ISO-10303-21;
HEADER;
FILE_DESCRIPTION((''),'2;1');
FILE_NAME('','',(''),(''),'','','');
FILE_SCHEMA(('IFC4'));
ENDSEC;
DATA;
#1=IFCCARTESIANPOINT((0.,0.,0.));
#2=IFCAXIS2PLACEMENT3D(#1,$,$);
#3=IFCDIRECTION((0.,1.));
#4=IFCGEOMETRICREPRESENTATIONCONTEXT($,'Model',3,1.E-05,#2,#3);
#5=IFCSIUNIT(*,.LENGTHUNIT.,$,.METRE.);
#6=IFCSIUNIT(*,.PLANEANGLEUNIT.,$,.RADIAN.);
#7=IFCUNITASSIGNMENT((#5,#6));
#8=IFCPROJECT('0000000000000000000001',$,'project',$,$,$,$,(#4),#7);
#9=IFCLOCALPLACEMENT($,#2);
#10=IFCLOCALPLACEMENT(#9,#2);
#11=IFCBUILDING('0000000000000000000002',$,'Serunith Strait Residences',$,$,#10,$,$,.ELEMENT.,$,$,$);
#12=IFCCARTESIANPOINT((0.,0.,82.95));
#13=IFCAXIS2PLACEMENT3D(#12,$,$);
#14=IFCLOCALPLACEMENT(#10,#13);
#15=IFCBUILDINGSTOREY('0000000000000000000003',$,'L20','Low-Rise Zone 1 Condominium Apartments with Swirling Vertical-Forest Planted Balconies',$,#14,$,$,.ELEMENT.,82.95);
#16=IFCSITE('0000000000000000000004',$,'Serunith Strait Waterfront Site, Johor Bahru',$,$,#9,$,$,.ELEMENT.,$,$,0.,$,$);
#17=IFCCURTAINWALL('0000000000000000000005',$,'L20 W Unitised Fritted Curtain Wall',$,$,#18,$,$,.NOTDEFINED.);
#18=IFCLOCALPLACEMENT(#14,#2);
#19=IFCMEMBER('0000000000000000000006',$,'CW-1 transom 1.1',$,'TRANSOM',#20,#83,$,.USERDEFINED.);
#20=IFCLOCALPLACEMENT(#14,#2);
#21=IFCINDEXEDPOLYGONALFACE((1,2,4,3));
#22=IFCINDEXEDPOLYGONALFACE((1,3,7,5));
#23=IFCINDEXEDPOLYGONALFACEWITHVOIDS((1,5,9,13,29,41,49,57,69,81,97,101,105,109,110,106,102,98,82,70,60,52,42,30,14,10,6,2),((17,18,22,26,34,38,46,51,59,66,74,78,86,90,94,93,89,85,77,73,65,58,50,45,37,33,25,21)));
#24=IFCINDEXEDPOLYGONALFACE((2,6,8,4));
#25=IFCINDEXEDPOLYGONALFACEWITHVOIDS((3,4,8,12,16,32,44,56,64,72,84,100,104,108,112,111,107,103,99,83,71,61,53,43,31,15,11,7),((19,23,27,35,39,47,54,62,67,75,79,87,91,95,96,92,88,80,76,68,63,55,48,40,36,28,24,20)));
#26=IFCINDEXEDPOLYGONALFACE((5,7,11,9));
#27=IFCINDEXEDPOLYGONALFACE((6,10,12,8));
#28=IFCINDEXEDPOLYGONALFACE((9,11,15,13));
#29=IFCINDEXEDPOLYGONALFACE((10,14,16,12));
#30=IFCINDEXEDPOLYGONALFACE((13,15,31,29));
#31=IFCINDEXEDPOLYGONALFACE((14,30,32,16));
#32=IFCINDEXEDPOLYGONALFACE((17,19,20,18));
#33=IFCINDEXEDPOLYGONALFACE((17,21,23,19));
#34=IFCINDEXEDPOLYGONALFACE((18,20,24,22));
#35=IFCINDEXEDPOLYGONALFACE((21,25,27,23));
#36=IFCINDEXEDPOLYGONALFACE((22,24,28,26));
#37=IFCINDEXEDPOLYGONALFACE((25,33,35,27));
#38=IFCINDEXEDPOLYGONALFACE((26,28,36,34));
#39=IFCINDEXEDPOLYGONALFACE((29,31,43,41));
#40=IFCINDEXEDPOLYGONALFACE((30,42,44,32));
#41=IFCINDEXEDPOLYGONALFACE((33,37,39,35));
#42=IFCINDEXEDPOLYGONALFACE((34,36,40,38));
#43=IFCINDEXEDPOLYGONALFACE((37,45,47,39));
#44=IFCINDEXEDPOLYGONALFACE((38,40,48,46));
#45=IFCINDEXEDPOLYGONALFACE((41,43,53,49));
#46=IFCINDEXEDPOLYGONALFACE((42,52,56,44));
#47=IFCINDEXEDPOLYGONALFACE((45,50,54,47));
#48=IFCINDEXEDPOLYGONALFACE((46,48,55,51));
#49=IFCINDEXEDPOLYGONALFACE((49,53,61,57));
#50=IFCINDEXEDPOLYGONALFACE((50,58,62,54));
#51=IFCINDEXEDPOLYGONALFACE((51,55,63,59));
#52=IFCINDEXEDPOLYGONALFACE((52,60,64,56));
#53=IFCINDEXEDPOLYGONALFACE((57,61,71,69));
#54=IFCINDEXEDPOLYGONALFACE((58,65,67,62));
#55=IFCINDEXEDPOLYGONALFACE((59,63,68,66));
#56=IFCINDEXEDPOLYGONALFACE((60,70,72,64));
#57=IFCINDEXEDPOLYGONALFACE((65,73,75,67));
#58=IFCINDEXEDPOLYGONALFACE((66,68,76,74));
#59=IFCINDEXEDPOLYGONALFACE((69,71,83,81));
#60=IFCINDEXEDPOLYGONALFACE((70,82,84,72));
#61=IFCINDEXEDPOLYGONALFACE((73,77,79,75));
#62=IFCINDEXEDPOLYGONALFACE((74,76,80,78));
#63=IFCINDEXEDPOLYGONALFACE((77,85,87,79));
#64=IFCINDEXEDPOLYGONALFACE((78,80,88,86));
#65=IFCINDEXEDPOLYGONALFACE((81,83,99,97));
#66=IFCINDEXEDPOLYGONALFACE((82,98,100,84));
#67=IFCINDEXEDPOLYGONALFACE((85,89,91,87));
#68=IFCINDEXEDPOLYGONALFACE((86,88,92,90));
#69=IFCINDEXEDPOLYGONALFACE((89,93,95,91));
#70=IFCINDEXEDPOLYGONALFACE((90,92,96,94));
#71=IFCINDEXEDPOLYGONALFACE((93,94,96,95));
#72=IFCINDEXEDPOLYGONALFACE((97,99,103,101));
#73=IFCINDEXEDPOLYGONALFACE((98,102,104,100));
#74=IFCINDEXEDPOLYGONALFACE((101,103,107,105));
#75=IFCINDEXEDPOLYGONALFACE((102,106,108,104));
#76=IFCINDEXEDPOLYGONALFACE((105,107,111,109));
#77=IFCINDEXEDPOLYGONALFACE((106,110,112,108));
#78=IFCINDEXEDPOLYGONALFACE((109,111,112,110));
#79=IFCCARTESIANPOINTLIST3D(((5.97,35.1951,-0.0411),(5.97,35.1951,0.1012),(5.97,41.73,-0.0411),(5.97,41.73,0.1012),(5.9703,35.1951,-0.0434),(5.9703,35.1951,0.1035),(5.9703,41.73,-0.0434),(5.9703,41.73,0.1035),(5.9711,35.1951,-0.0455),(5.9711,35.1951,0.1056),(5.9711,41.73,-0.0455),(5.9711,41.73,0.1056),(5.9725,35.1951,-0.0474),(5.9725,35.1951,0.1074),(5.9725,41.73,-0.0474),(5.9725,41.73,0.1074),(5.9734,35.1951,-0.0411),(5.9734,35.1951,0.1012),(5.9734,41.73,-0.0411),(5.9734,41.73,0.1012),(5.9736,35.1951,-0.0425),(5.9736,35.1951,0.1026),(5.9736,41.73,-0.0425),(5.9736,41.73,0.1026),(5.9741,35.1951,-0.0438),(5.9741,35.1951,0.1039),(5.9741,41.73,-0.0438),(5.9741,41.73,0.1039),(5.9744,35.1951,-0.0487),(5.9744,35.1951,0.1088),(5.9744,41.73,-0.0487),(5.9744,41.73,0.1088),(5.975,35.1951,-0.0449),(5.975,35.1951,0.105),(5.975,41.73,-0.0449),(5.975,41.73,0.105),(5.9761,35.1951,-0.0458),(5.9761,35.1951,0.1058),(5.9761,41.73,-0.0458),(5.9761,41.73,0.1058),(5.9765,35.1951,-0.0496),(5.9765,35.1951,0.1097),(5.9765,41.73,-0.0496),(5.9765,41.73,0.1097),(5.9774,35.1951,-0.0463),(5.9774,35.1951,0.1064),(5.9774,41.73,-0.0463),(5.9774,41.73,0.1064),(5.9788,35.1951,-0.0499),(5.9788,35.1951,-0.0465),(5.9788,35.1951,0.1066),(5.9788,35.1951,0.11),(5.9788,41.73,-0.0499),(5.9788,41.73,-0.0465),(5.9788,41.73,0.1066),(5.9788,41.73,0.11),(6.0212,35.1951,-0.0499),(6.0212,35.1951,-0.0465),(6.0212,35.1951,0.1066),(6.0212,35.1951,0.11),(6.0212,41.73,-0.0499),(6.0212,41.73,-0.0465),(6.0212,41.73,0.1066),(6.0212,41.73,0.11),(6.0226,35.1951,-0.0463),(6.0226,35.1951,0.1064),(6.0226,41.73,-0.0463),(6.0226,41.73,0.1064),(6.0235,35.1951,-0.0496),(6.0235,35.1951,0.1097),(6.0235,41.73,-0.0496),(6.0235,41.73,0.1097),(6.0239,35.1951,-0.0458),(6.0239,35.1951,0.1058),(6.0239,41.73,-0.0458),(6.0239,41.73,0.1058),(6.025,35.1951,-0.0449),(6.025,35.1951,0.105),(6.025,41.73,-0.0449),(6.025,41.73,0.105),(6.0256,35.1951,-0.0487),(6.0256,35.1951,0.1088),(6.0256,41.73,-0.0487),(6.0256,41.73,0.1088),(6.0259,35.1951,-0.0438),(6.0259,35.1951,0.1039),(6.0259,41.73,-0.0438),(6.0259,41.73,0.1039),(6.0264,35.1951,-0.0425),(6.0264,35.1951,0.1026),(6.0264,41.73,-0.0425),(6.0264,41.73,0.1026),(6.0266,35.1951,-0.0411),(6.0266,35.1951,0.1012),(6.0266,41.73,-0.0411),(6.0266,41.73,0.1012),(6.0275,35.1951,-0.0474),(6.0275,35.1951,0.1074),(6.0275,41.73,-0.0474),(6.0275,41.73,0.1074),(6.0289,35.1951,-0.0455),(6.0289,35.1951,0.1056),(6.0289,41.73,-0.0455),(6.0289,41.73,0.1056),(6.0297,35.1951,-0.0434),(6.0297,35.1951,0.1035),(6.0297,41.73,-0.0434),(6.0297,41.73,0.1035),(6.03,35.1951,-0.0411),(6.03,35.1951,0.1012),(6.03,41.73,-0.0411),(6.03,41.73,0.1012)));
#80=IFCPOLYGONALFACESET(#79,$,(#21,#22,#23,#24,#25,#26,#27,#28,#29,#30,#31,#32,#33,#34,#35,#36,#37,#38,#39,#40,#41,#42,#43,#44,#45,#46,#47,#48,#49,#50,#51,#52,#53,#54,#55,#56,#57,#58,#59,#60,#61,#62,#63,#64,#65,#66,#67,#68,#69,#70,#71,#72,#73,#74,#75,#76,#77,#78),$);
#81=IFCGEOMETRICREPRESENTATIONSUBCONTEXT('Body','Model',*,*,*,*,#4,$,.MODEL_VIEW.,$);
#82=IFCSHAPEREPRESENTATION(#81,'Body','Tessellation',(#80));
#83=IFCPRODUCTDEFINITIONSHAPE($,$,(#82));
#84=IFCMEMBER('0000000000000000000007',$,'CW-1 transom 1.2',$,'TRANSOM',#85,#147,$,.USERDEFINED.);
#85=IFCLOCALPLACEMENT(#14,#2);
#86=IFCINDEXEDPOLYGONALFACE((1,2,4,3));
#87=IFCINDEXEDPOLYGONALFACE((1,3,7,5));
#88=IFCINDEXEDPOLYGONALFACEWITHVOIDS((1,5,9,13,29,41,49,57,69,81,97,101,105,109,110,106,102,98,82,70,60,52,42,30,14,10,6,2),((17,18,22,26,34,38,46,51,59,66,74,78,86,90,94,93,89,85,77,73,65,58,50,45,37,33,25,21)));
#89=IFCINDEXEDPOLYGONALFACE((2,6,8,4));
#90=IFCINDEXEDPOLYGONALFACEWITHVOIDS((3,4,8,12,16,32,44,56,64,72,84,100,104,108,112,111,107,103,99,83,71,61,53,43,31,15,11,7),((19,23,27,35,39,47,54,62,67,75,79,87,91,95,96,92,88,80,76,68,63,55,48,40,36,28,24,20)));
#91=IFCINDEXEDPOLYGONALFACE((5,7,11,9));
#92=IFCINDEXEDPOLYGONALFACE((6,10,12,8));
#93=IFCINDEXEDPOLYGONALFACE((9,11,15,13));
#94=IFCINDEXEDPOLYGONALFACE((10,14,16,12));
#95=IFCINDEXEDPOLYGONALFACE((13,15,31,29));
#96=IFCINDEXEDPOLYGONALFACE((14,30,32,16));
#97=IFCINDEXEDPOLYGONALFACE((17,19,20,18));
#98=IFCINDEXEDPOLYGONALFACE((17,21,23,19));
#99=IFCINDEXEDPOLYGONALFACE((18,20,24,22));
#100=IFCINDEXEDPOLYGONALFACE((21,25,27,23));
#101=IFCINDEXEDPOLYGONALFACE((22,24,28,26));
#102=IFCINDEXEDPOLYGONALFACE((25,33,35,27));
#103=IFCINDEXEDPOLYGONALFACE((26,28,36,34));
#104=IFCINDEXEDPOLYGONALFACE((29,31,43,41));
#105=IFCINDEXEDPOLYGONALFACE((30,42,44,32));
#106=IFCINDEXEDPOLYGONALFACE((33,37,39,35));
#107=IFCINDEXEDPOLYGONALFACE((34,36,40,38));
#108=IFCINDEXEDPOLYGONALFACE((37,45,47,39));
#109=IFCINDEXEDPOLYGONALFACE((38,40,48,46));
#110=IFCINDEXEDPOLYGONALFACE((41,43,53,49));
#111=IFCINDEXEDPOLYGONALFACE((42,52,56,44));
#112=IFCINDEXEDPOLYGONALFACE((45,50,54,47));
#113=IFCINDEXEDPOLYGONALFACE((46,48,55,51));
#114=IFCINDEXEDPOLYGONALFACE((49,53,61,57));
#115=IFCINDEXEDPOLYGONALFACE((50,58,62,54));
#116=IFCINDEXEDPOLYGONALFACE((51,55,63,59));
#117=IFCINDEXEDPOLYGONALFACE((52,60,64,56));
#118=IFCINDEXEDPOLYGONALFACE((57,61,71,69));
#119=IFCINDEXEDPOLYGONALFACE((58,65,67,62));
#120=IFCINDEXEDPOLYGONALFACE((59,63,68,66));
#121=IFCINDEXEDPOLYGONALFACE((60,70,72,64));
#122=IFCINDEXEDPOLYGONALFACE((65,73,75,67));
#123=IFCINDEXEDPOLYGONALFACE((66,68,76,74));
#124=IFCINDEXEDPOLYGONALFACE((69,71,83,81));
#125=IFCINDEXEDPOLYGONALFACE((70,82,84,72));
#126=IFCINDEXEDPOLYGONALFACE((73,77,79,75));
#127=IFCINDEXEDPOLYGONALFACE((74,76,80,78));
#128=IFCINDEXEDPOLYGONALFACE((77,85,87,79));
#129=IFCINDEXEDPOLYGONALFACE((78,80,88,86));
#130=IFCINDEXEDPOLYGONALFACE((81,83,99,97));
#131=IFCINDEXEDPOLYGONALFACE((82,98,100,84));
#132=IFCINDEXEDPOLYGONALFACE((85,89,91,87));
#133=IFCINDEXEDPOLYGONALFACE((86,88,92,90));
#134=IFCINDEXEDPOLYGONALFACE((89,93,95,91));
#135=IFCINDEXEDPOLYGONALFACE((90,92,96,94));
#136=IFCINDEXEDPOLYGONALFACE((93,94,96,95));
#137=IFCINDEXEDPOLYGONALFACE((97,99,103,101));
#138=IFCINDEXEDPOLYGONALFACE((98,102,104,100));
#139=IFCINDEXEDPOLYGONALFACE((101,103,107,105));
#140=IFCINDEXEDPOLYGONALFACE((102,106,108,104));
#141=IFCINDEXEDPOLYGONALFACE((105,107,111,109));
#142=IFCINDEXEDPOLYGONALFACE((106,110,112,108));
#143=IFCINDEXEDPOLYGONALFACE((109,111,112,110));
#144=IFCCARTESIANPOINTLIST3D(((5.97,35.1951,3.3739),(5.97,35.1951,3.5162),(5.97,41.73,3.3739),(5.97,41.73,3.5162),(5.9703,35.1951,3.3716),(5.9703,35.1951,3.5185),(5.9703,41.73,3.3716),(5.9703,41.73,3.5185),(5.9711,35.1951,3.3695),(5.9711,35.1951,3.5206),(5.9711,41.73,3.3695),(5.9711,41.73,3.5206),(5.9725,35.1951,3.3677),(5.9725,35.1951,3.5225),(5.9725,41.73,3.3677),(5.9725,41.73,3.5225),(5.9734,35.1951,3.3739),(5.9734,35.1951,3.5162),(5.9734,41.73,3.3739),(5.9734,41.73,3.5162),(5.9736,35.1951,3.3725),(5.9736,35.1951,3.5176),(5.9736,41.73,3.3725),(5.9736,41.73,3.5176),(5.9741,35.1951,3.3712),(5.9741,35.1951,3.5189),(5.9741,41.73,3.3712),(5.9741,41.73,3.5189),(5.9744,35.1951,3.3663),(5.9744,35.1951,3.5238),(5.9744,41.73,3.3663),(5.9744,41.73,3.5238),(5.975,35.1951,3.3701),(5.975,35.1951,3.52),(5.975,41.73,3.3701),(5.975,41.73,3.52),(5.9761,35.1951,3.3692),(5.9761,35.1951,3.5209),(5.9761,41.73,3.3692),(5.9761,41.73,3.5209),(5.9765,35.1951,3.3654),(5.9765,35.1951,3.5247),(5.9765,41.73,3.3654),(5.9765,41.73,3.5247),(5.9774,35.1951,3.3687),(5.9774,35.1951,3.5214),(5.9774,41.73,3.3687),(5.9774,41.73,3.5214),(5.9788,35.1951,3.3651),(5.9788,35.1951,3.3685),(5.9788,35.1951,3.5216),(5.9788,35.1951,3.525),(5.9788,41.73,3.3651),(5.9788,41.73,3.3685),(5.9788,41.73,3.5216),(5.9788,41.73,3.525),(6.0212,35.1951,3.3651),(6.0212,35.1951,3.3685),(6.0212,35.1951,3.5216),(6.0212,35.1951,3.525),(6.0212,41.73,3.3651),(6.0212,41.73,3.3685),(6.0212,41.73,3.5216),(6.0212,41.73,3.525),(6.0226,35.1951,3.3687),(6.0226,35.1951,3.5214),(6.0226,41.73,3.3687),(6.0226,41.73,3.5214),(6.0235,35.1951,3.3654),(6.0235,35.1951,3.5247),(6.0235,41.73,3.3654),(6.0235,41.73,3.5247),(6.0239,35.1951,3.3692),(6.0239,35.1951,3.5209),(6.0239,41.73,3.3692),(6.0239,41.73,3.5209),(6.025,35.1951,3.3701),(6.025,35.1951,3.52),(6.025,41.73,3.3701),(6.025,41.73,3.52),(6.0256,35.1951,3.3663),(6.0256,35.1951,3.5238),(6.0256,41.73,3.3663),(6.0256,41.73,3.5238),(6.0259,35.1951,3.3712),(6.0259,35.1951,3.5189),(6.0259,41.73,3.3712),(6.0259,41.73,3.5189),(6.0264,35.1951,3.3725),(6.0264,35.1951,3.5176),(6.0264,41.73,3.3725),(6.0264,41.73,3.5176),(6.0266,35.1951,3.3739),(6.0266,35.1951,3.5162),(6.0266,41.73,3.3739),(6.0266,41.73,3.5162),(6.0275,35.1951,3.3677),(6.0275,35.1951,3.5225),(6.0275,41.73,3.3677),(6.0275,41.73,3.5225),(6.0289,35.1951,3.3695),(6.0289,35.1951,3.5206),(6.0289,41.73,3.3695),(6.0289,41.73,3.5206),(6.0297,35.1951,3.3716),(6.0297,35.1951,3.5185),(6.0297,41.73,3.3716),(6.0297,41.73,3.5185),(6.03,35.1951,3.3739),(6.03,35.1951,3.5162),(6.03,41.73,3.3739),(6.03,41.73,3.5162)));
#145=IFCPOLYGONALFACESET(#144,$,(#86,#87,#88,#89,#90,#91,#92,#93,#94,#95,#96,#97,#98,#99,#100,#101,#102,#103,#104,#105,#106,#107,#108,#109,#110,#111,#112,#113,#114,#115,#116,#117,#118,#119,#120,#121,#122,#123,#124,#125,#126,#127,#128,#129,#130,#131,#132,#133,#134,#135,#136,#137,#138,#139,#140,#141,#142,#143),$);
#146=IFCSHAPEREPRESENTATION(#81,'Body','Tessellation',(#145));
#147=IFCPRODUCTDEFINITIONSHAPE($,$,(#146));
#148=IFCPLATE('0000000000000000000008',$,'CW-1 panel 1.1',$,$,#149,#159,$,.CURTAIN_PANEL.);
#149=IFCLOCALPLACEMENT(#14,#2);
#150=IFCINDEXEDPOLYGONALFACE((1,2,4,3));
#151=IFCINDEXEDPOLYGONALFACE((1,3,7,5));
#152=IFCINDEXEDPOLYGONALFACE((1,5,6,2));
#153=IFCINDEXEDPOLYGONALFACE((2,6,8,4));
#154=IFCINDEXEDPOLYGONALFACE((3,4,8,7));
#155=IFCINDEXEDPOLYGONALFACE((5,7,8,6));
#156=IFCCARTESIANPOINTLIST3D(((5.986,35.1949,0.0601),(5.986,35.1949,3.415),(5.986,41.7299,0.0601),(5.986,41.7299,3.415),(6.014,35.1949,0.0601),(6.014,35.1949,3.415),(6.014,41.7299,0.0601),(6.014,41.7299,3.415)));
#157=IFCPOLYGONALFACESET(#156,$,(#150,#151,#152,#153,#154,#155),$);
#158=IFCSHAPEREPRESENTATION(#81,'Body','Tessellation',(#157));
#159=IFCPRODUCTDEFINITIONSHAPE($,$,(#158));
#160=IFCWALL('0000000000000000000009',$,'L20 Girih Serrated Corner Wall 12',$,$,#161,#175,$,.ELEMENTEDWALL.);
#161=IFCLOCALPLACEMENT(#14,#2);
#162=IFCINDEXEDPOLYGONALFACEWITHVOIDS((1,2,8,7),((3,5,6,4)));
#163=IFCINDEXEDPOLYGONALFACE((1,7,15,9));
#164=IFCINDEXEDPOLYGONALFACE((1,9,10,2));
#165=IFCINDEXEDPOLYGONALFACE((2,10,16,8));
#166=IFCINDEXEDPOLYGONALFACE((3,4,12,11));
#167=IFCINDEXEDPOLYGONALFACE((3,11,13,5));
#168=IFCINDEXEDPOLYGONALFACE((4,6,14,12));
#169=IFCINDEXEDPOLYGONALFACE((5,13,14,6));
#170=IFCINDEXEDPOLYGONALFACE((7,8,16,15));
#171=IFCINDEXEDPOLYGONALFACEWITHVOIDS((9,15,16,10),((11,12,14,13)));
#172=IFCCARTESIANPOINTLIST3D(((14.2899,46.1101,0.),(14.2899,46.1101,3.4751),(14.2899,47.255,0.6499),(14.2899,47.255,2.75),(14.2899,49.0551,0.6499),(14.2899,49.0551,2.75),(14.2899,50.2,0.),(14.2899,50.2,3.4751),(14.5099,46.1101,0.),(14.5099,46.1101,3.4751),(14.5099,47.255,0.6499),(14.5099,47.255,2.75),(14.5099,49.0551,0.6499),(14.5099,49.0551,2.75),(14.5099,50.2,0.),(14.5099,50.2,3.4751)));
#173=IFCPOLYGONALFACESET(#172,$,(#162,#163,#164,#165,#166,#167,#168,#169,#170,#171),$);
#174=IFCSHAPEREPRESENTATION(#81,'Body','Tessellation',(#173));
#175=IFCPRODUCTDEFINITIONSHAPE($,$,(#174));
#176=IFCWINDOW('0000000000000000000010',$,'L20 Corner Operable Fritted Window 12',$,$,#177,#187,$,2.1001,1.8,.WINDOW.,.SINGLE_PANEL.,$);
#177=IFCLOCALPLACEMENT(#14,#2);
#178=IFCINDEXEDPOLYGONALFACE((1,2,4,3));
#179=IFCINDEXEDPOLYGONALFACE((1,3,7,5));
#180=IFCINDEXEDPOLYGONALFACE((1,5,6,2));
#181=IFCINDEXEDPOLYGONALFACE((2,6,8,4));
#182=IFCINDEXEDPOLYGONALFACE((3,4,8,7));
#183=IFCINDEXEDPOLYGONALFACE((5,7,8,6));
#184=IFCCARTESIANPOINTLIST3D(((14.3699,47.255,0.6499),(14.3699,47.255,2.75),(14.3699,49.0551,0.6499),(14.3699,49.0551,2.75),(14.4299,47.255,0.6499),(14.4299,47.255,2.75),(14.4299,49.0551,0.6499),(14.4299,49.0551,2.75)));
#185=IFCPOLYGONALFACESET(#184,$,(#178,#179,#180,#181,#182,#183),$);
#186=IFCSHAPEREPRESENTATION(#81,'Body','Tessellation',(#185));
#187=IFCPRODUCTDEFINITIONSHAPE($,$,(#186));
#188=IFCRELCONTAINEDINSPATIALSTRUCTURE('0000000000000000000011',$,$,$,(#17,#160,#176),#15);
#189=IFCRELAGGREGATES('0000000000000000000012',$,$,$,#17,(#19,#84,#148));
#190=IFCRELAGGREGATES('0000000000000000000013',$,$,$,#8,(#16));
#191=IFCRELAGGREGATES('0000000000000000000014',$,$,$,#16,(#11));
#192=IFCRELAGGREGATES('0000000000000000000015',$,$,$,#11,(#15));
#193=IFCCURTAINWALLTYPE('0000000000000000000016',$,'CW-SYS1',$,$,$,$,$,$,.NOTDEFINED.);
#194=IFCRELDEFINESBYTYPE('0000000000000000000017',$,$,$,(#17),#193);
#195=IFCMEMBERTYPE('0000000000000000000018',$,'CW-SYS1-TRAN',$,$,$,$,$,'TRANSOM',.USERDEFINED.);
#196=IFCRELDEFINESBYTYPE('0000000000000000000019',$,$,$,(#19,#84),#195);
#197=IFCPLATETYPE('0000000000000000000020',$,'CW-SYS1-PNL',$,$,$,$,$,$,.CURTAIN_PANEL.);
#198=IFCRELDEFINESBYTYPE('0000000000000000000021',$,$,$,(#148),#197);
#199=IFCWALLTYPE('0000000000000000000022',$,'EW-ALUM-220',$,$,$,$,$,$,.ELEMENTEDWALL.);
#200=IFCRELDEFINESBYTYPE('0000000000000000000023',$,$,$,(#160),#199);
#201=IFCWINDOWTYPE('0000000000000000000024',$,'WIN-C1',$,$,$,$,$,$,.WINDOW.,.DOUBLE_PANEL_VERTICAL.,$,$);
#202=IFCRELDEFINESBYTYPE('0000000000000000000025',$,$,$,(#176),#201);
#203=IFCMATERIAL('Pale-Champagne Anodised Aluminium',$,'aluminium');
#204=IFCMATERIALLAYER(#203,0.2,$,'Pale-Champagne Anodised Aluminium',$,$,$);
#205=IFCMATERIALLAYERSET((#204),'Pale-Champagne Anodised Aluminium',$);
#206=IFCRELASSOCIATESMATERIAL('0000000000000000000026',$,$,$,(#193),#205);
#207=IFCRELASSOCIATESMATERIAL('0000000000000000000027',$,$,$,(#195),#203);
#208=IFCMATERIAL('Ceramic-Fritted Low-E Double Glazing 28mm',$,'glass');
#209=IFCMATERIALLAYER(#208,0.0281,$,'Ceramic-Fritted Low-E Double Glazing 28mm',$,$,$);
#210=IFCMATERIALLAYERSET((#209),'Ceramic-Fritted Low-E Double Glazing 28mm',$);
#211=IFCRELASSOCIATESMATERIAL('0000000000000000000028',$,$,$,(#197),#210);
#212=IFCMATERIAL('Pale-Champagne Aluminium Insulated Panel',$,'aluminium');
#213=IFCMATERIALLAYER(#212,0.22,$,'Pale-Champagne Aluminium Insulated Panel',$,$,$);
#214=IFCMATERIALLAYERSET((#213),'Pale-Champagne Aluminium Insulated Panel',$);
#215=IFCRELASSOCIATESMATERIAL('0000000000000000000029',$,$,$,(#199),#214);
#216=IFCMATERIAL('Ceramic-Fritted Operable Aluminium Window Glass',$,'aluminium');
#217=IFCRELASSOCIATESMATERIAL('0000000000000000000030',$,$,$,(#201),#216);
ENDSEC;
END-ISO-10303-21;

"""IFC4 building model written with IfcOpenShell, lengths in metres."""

from ifc_helpers import new_model, si_unit, direction, frame, frame_2d, origin, origin_2d, place, context, subcontext, project, spatial, rectangle, hollow_rectangle, extrude, source, transform, mapped, material, layer, layer_set, material_profile, profile_set, type_object, element, fill, aggregate, save


model = new_model("IFC4")

# Units and contexts
model_context = context("Model", 3, precision=1e-05, world=origin(), true_north=direction((0.0, 1.0)))
body_context = subcontext(model_context, "Body", "Model", "MODEL_VIEW")
ifc_project = project(units=[si_unit("LENGTHUNIT", "METRE"), si_unit("PLANEANGLEUNIT", "RADIAN")], contexts=[model_context])

# Site, building, storey
site_placement = place(None, origin())
site = spatial("IfcSite", under=ifc_project, at=site_placement, Name="Serunith Strait Waterfront Site, Johor Bahru", CompositionType="ELEMENT", RefElevation=0.0)
building_placement = place(site_placement, origin())
building = spatial("IfcBuilding", under=site, at=building_placement, Name="Serunith Strait Residences", CompositionType="ELEMENT")
storey_placement = place(building_placement, frame((0.0, 0.0, 82.95)))
storey = spatial("IfcBuildingStorey", under=building, at=storey_placement, Name="L20", Description="Low-Rise Zone 1 Condominium Apartments with Swirling Vertical-Forest Planted Balconies", CompositionType="ELEMENT", Elevation=82.95)

# Shared definitions
ifc_material_1 = material(Name="Pale-Champagne Anodised Aluminium", Category="aluminium")
ifc_layer_1 = layer(ifc_material_1, 0.2, Name="Pale-Champagne Anodised Aluminium")
ifc_layer_set_1 = layer_set([ifc_layer_1], Name="Pale-Champagne Anodised Aluminium")
curtain_wall_type = type_object("IfcCurtainWallType", Name="CW-SYS1", PredefinedType="NOTDEFINED", material=ifc_layer_set_1)

# Curtain wall, members, plate
curtain_wall_1_placement = place(storey_placement, origin())
curtain_wall_1 = element("IfcCurtainWall", 1, at=curtain_wall_1_placement, inside=storey, type_object=curtain_wall_type, Name="L20 W Unitised Fritted Curtain Wall", PredefinedType="NOTDEFINED")
ifc_material_profile_1 = material_profile(ifc_material_1, hollow_rectangle(XDim=0.0601, YDim=0.1599, WallThickness=0.0034, InnerFilletRadius=0.0054, OuterFilletRadius=0.0088, at=origin_2d()), Name="ALU 160x60x3.5")
ifc_profile_set_1 = profile_set([ifc_material_profile_1], Name="Pale-Champagne Anodised Aluminium")
member_type_1 = type_object("IfcMemberType", Name="CW-SYS1-TRAN", ElementType="TRANSOM", PredefinedType="USERDEFINED", material=ifc_profile_set_1)
shared_shape_1 = source(origin(), body_context, "Body", "SweptSolid", [
    extrude(hollow_rectangle(XDim=0.0601, YDim=0.1599, WallThickness=0.0034, InnerFilletRadius=0.0054, OuterFilletRadius=0.0088, at=origin_2d()), origin(), (0.0, 0.0, 1.0), 6.5349),
])
member_1_placement = place(storey_placement, frame((6.0, 41.73, 0.03), z_axis=(0.0, -1.0, 0.0), x_axis=(1.0, 0.0, 0.0)))
member_1 = element("IfcMember", 2, at=member_1_placement, type_object=member_type_1, Name="CW-1 transom 1.1", ObjectType="TRANSOM", PredefinedType="USERDEFINED", context=body_context, shape_type="MappedRepresentation", body=[
    mapped(shared_shape_1, transform((0.0, 0.0, 0.0), scale=1.0)),
])
member_2_placement = place(storey_placement, frame((6.0, 41.73, 3.4451), z_axis=(0.0, -1.0, 0.0), x_axis=(1.0, 0.0, 0.0)))
member_2 = element("IfcMember", 3, at=member_2_placement, type_object=member_type_1, Name="CW-1 transom 1.2", ObjectType="TRANSOM", PredefinedType="USERDEFINED", context=body_context, shape_type="MappedRepresentation", body=[
    mapped(shared_shape_1, transform((0.0, 0.0, 0.0), scale=1.0)),
])
ifc_material_2 = material(Name="Ceramic-Fritted Low-E Double Glazing 28mm", Category="glass")
ifc_layer_2 = layer(ifc_material_2, 0.0281, Name="Ceramic-Fritted Low-E Double Glazing 28mm")
ifc_layer_set_2 = layer_set([ifc_layer_2], Name="Ceramic-Fritted Low-E Double Glazing 28mm")
plate_type = type_object("IfcPlateType", Name="CW-SYS1-PNL", PredefinedType="CURTAIN_PANEL", material=ifc_layer_set_2)
shared_shape_2 = source(origin(), body_context, "Body", "SweptSolid", [
    extrude(rectangle(XDim=6.5349, YDim=0.0281, at=origin_2d()), origin(), (0.0, 0.0, 1.0), 3.355),
])
plate_placement = place(storey_placement, frame((6.0, 38.4624, 0.0601), z_axis=(0.0, 0.0, 1.0), x_axis=(0.0, -1.0, 0.0)))
plate = element("IfcPlate", 4, at=plate_placement, type_object=plate_type, Name="CW-1 panel 1.1", PredefinedType="CURTAIN_PANEL", context=body_context, shape_type="MappedRepresentation", body=[
    mapped(shared_shape_2, transform((0.0, 0.0, 0.0), scale=1.0)),
])
aggregate(curtain_wall_1, [member_1, member_2, plate])

# Wall, opening, window
ifc_material_3 = material(Name="Pale-Champagne Aluminium Insulated Panel", Category="aluminium")
ifc_layer_3 = layer(ifc_material_3, 0.22, Name="Pale-Champagne Aluminium Insulated Panel")
ifc_layer_set_3 = layer_set([ifc_layer_3], Name="Pale-Champagne Aluminium Insulated Panel")
wall_type_1 = type_object("IfcWallType", Name="EW-ALUM-220", PredefinedType="ELEMENTEDWALL", material=ifc_layer_set_3)
wall_1_placement = place(storey_placement, frame((14.3999, 50.2, 0.0), z_axis=(0.0, 0.0, 1.0), x_axis=(0.0, -1.0, 0.0)))
wall_1 = element("IfcWall", 5, at=wall_1_placement, inside=storey, type_object=wall_type_1, Name="L20 Girih Serrated Corner Wall 12", PredefinedType="ELEMENTEDWALL", context=body_context, shape_type="SweptSolid", body=[
    extrude(rectangle(XDim=4.0898, YDim=0.22, at=frame_2d((2.0449, 0.0))), origin(), (0.0, 0.0, 1.0), 3.4751),
])
opening_1_placement = place(wall_1_placement, frame((1.145, 0.0, 0.6499)))
opening_1 = element("IfcOpeningElement", 6, at=opening_1_placement, cuts=wall_1, PredefinedType="OPENING", context=body_context, shape_type="SweptSolid", body=[
    extrude(rectangle(XDim=1.8, YDim=2.1001, at=frame_2d((0.8999, 1.05))), frame((0.0, 0.1201, 0.0), z_axis=(0.0, -1.0, 0.0), x_axis=(1.0, 0.0, 0.0)), (0.0, 0.0, 1.0), 0.24),
])
ifc_material_4 = material(Name="Ceramic-Fritted Operable Aluminium Window Glass", Category="aluminium")
window_type = type_object("IfcWindowType", Name="WIN-C1", PartitioningType="DOUBLE_PANEL_VERTICAL", PredefinedType="WINDOW", material=ifc_material_4)
shared_shape_3 = source(origin(), body_context, "Body", "SweptSolid", [
    extrude(rectangle(XDim=1.8, YDim=2.1001, at=frame_2d((0.8999, 1.05))), frame((0.0, 0.03, 0.0), z_axis=(0.0, -1.0, 0.0), x_axis=(1.0, 0.0, 0.0)), (0.0, 0.0, 1.0), 0.0601),
])
window_1_placement = place(opening_1_placement, origin())
window_1 = element("IfcWindow", 7, at=window_1_placement, inside=storey, type_object=window_type, Name="L20 Corner Operable Fritted Window 12", OverallHeight=2.1001, OverallWidth=1.8, PartitioningType="SINGLE_PANEL", PredefinedType="WINDOW", context=body_context, shape_type="MappedRepresentation", body=[
    mapped(shared_shape_3, transform((0.0, 0.0, 0.0), scale=1.0)),
])
fill(opening_1, window_1)

save(model, "model.ifc")
